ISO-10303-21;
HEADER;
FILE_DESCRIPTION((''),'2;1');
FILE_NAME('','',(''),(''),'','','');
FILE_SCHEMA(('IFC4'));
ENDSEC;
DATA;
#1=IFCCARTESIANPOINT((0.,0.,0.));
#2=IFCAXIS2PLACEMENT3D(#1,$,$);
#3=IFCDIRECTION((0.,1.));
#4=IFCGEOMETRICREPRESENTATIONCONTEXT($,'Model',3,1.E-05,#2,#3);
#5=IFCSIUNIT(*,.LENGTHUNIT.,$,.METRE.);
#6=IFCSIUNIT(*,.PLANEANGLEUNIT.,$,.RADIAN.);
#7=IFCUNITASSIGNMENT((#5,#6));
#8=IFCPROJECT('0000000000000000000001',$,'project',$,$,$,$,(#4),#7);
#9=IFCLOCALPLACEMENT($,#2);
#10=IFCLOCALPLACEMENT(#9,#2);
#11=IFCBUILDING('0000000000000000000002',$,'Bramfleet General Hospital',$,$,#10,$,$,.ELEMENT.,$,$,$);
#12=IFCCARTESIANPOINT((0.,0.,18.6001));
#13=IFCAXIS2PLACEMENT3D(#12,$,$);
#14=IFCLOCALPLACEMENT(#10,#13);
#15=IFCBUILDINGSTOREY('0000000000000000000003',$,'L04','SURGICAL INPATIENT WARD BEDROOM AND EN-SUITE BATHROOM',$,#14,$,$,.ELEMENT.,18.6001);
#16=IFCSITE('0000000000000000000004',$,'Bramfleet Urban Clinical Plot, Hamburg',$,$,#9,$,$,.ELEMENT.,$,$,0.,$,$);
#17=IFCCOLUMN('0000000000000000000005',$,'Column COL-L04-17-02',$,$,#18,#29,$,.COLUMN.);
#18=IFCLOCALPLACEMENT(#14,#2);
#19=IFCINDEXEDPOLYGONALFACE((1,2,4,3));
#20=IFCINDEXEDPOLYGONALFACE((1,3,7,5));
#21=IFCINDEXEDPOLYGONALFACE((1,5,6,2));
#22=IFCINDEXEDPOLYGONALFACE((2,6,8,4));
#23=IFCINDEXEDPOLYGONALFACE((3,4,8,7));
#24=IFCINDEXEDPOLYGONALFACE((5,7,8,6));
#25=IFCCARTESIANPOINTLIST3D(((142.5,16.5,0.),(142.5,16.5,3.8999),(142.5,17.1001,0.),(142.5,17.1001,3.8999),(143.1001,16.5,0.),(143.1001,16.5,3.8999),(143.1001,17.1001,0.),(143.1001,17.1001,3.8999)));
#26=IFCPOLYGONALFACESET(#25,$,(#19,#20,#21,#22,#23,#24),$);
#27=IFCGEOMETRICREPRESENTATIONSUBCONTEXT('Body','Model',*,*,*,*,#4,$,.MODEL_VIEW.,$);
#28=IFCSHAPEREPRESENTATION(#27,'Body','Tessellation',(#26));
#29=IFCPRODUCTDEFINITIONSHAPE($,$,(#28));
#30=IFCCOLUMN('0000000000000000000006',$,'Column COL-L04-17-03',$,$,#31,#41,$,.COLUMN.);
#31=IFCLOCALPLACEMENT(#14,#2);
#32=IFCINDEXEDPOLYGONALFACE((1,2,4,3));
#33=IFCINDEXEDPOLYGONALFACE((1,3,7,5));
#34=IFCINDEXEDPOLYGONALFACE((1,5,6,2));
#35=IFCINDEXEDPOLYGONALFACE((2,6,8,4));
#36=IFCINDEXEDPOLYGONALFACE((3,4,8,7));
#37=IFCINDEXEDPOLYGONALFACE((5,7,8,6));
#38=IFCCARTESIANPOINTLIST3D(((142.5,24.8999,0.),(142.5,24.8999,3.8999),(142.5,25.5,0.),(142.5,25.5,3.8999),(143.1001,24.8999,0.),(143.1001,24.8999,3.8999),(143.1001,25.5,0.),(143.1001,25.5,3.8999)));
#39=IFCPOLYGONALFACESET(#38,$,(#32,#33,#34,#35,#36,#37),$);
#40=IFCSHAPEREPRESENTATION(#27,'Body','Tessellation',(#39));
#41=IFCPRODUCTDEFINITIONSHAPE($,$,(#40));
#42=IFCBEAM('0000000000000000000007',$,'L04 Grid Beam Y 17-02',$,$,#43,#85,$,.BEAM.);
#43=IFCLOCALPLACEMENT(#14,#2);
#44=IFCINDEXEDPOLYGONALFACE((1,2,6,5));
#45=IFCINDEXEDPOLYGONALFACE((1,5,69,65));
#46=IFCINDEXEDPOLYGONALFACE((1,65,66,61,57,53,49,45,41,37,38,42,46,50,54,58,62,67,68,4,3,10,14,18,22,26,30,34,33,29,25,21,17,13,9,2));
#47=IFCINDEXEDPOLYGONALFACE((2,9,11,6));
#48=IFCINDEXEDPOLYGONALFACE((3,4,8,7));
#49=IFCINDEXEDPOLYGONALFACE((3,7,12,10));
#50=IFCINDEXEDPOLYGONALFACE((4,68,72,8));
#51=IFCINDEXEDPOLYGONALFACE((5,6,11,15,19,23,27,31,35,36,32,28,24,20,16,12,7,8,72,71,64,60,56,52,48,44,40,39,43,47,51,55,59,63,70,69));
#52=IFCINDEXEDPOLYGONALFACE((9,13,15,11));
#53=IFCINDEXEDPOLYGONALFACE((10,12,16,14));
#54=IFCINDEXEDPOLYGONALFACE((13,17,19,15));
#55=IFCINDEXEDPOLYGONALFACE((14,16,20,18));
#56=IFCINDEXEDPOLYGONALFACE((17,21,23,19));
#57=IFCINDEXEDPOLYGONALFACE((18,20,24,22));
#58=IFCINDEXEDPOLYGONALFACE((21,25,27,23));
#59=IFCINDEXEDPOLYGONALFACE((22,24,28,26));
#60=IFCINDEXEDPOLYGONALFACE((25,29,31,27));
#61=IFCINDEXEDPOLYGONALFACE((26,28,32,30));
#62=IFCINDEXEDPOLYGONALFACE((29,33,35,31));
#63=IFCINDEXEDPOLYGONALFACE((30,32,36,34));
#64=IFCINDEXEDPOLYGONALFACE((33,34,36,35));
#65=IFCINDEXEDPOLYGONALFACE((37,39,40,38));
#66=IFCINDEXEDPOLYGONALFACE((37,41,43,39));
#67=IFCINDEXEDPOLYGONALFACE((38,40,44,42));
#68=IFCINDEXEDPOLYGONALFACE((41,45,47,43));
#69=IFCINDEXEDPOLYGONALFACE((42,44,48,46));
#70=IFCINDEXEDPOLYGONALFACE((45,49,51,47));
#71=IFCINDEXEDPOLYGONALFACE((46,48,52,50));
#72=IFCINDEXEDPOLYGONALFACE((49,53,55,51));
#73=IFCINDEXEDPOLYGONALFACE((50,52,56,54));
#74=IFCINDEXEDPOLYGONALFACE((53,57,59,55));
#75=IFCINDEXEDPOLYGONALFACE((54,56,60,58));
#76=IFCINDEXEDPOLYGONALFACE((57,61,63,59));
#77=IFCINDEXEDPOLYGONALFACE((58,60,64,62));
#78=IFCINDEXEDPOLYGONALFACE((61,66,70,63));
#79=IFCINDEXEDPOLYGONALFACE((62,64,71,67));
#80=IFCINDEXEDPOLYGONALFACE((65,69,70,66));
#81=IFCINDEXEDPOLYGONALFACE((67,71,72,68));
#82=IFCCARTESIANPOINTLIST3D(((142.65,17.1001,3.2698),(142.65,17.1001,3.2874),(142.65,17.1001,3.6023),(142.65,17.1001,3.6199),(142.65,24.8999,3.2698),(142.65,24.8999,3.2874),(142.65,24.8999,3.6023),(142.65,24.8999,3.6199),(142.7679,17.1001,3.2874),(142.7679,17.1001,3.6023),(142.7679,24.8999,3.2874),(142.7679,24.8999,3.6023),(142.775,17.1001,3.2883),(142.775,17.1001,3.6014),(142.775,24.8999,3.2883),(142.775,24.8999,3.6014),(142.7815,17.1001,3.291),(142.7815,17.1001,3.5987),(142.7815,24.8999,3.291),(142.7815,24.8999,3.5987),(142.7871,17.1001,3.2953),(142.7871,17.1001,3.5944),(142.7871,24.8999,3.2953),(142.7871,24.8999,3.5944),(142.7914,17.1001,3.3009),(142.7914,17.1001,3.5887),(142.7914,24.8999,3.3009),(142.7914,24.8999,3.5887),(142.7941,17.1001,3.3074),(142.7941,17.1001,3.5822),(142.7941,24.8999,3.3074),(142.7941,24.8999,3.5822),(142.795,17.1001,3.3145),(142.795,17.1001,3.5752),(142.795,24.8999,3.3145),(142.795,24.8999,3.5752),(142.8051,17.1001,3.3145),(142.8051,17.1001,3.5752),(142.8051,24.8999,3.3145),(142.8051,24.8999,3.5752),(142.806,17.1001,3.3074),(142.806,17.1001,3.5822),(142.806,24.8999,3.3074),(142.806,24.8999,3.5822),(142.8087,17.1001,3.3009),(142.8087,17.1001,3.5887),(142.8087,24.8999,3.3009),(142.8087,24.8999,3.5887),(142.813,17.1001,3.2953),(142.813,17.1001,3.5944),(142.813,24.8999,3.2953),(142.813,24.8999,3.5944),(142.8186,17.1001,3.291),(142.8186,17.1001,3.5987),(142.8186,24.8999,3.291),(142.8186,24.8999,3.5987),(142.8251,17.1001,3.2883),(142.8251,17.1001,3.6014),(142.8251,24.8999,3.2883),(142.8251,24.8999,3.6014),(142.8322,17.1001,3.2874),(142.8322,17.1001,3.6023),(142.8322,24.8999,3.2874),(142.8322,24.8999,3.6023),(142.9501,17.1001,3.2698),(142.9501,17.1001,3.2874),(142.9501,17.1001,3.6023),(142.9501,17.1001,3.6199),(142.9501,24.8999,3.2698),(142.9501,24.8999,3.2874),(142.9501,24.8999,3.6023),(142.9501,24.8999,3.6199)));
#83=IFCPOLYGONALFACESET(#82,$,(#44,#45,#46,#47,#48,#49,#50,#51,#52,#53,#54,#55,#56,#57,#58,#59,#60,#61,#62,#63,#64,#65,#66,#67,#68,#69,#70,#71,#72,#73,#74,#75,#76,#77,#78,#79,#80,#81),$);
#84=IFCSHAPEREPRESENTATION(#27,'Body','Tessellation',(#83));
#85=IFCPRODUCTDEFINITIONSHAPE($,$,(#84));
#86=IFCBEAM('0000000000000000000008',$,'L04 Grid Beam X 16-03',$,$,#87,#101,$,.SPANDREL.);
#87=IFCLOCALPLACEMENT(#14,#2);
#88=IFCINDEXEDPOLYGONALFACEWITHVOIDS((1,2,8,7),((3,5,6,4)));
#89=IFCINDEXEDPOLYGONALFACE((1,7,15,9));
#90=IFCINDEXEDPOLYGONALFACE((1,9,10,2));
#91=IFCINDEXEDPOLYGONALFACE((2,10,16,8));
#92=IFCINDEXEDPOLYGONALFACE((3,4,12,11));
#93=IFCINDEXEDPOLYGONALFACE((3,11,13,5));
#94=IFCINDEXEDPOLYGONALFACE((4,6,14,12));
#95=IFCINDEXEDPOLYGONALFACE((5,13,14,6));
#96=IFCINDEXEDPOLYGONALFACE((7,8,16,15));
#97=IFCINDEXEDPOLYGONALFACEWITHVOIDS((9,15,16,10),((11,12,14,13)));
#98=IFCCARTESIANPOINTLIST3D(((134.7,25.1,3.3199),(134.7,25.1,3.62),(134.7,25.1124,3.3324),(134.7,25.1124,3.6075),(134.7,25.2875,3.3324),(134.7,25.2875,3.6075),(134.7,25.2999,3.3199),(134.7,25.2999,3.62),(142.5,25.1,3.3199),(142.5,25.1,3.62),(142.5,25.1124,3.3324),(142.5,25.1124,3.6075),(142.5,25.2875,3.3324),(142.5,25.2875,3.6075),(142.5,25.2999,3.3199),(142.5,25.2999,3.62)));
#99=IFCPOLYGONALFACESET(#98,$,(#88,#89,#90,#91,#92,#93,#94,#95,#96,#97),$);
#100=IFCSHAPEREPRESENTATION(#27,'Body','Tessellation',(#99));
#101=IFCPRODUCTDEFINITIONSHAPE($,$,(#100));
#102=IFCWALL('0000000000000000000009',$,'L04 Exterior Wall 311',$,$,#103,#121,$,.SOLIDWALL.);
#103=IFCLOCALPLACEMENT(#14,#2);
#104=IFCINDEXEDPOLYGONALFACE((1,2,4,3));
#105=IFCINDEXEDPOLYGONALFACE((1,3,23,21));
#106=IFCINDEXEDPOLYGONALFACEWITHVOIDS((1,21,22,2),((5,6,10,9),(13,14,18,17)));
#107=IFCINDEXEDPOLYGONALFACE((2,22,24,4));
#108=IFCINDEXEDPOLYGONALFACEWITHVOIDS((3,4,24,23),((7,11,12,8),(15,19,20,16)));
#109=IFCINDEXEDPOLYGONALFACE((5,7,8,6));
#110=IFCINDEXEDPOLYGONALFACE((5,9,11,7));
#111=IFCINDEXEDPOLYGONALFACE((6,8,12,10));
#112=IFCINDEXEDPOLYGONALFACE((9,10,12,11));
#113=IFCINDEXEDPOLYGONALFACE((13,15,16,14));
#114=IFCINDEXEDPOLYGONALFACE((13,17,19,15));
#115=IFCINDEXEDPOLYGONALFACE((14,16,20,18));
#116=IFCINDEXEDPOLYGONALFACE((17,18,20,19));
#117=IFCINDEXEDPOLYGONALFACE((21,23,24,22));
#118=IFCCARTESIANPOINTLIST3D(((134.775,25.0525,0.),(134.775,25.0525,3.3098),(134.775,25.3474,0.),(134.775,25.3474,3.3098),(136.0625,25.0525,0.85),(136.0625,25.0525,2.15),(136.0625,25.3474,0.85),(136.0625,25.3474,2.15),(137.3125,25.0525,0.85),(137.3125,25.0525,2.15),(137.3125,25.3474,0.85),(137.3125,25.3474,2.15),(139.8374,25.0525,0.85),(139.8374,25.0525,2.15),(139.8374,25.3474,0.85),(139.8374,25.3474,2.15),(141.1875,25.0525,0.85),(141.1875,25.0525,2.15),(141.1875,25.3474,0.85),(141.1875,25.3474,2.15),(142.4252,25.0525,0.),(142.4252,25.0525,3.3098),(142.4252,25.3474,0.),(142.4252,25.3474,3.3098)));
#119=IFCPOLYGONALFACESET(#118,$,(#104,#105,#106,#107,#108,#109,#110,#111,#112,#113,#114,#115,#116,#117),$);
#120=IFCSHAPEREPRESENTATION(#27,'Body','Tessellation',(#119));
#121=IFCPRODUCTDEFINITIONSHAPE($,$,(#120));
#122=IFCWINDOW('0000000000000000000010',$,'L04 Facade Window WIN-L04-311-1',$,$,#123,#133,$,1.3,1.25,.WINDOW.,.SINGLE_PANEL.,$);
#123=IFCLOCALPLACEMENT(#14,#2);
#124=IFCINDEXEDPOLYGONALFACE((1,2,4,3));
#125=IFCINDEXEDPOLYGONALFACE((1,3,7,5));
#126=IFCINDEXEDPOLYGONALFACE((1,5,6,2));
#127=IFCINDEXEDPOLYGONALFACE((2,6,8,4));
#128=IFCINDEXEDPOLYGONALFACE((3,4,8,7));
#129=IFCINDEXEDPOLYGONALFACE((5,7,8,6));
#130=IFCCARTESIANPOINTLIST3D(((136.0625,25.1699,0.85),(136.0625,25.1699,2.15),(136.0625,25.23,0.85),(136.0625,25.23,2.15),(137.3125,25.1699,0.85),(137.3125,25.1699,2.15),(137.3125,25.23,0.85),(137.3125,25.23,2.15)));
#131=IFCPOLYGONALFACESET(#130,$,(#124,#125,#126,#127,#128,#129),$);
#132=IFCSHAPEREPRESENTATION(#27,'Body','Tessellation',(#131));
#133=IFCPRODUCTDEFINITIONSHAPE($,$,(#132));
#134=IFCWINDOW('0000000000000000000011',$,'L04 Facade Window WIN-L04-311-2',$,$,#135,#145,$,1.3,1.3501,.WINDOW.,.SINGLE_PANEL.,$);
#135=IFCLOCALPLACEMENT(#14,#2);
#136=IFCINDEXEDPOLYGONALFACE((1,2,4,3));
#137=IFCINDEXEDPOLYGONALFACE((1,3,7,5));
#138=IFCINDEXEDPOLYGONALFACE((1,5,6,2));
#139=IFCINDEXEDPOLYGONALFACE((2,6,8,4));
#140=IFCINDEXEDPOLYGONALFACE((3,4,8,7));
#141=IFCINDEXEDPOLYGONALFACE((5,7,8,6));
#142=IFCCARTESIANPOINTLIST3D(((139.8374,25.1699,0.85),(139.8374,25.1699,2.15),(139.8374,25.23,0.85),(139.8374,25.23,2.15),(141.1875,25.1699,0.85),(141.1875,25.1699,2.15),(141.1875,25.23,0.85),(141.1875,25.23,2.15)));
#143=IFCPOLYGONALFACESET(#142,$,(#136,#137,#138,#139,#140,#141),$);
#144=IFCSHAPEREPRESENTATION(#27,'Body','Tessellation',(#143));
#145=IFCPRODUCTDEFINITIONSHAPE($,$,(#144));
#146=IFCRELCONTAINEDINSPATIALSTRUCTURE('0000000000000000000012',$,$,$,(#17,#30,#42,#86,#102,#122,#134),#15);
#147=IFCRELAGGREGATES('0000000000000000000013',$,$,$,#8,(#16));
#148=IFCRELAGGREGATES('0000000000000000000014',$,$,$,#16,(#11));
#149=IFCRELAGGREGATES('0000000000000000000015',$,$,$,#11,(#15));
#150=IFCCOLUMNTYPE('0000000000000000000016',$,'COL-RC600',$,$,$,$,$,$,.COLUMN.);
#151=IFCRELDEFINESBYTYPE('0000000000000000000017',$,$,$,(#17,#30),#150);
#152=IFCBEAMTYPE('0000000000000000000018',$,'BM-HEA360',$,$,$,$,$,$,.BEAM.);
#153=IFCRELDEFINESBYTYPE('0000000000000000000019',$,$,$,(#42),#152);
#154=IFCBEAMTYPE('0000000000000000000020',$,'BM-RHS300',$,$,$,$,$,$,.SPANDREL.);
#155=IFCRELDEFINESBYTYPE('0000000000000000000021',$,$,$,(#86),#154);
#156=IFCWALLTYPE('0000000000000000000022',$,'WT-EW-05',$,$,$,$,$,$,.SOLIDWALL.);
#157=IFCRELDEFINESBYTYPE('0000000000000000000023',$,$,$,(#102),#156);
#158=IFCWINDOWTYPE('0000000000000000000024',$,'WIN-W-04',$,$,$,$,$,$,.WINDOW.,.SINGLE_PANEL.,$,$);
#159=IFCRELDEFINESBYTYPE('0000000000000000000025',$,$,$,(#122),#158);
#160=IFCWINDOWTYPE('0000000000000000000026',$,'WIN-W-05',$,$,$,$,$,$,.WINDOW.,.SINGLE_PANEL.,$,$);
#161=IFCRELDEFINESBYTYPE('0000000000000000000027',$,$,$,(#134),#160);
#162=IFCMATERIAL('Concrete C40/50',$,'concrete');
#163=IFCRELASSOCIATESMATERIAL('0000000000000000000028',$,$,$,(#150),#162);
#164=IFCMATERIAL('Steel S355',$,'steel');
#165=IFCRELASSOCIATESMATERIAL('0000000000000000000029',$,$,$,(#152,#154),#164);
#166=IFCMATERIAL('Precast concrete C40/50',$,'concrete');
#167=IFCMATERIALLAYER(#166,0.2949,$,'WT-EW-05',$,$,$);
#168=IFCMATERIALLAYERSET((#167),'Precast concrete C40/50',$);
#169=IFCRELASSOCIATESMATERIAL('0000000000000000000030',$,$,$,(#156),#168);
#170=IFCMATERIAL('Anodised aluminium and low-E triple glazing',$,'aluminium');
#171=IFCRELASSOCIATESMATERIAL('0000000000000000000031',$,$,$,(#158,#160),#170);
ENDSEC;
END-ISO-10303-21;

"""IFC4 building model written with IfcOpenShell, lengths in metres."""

from ifc_helpers import new_model, si_unit, direction, frame, frame_2d, origin, origin_2d, place, context, subcontext, project, spatial, rectangle, hollow_rectangle, i_section, extrude, material, layer, layer_set, material_profile, profile_set, type_object, element, fill, save


model = new_model("IFC4")

# Units and contexts
model_context = context("Model", 3, precision=1e-05, world=origin(), true_north=direction((0.0, 1.0)))
body_context = subcontext(model_context, "Body", "Model", "MODEL_VIEW")
ifc_project = project(units=[si_unit("LENGTHUNIT", "METRE"), si_unit("PLANEANGLEUNIT", "RADIAN")], contexts=[model_context])

# Site, building, storey
site_placement = place(None, origin())
site = spatial("IfcSite", under=ifc_project, at=site_placement, Name="Bramfleet Urban Clinical Plot, Hamburg", CompositionType="ELEMENT", RefElevation=0.0)
building_placement = place(site_placement, origin())
building = spatial("IfcBuilding", under=site, at=building_placement, Name="Bramfleet General Hospital", CompositionType="ELEMENT")
storey_placement = place(building_placement, frame((0.0, 0.0, 18.6001)))
storey = spatial("IfcBuildingStorey", under=building, at=storey_placement, Name="L04", Description="SURGICAL INPATIENT WARD BEDROOM AND EN-SUITE BATHROOM", CompositionType="ELEMENT", Elevation=18.6001)

# Columns
ifc_material_1 = material(Name="Concrete C40/50", Category="concrete")
ifc_material_profile_1 = material_profile(ifc_material_1, rectangle(XDim=0.6001, YDim=0.6001, at=origin_2d()), Name="RC COL 600x600")
ifc_profile_set_1 = profile_set([ifc_material_profile_1], Name="Concrete C40/50")
column_type = type_object("IfcColumnType", Name="COL-RC600", PredefinedType="COLUMN", material=ifc_profile_set_1)
for number, where, z_axis, x_axis, name in (
    (1, (142.8, 16.8, 0.0), (0.0, 0.0, 1.0), (1.0, 0.0, 0.0), "Column COL-L04-17-02"),
    (2, (142.8, 25.2, 0.0), (0.0, 0.0, 1.0), (1.0, 0.0, 0.0), "Column COL-L04-17-03"),
):
    element("IfcColumn", number, at=place(storey_placement, frame(where, z_axis=z_axis, x_axis=x_axis)), inside=storey, type_object=column_type, Name=name, PredefinedType="COLUMN", context=body_context, shape_type="SweptSolid", body=[
        extrude(rectangle(XDim=0.6001, YDim=0.6001, at=origin_2d()), origin(), (0.0, 0.0, 1.0), 3.8999),
    ])

# Beams
ifc_material_2 = material(Name="Steel S355", Category="steel")
ifc_material_profile_2 = material_profile(ifc_material_2, i_section(OverallWidth=0.3, OverallDepth=0.3501, WebThickness=0.01, FlangeThickness=0.0176, FilletRadius=0.0271, at=origin_2d()), Name="HEA 360")
ifc_profile_set_2 = profile_set([ifc_material_profile_2], Name="Steel S355")
beam_type_1 = type_object("IfcBeamType", Name="BM-HEA360", PredefinedType="BEAM", material=ifc_profile_set_2)
beam_1_placement = place(storey_placement, frame((142.8, 17.1001, 3.4448), z_axis=(0.0, 1.0, 0.0), x_axis=(-1.0, 0.0, 0.0)))
element("IfcBeam", 3, at=beam_1_placement, inside=storey, type_object=beam_type_1, Name="L04 Grid Beam Y 17-02", PredefinedType="BEAM", context=body_context, shape_type="SweptSolid", body=[
    extrude(i_section(OverallWidth=0.3, OverallDepth=0.3501, WebThickness=0.01, FlangeThickness=0.0176, FilletRadius=0.0271, at=origin_2d()), origin(), (0.0, 0.0, 1.0), 7.7998),
])
ifc_material_profile_3 = material_profile(ifc_material_2, hollow_rectangle(XDim=0.2, YDim=0.3, WallThickness=0.0125, at=origin_2d()), Name="RHS 300x200x12.5")
ifc_profile_set_3 = profile_set([ifc_material_profile_3], Name="Steel S355")
beam_type_2 = type_object("IfcBeamType", Name="BM-RHS300", PredefinedType="SPANDREL", material=ifc_profile_set_3)
beam_2_placement = place(storey_placement, frame((134.7, 25.2, 3.47), z_axis=(1.0, 0.0, 0.0), x_axis=(0.0, 1.0, 0.0)))
element("IfcBeam", 4, at=beam_2_placement, inside=storey, type_object=beam_type_2, Name="L04 Grid Beam X 16-03", PredefinedType="SPANDREL", context=body_context, shape_type="SweptSolid", body=[
    extrude(hollow_rectangle(XDim=0.2, YDim=0.3, WallThickness=0.0125, at=origin_2d()), origin(), (0.0, 0.0, 1.0), 7.8),
])

# Wall, openings, windows
ifc_material_3 = material(Name="Precast concrete C40/50", Category="concrete")
ifc_layer_1 = layer(ifc_material_3, 0.2949, Name="WT-EW-05")
ifc_layer_set_1 = layer_set([ifc_layer_1], Name="Precast concrete C40/50")
wall_type_1 = type_object("IfcWallType", Name="WT-EW-05", PredefinedType="SOLIDWALL", material=ifc_layer_set_1)
wall_1_placement = place(storey_placement, frame((134.7749, 25.2, 0.0), z_axis=(0.0, 0.0, 1.0), x_axis=(1.0, 0.0, 0.0)))
wall_1 = element("IfcWall", 5, at=wall_1_placement, inside=storey, type_object=wall_type_1, Name="L04 Exterior Wall 311", PredefinedType="SOLIDWALL", context=body_context, shape_type="SweptSolid", body=[
    extrude(rectangle(XDim=7.6501, YDim=0.2949, at=frame_2d((3.8252, 0.0))), origin(), (0.0, 0.0, 1.0), 3.3098),
])
opening_1_placement = place(wall_1_placement, frame((1.2876, 0.0, 0.8501)))
opening_1 = element("IfcOpeningElement", 6, at=opening_1_placement, cuts=wall_1, PredefinedType="OPENING", context=body_context, shape_type="SweptSolid", body=[
    extrude(rectangle(XDim=1.25, YDim=1.3, at=frame_2d((0.625, 0.6499))), frame((0.0, 0.1575, 0.0), z_axis=(0.0, -1.0, 0.0), x_axis=(1.0, 0.0, 0.0)), (0.0, 0.0, 1.0), 0.3149),
])
opening_2_placement = place(wall_1_placement, frame((5.0625, 0.0, 0.8501)))
opening_2 = element("IfcOpeningElement", 7, at=opening_2_placement, cuts=wall_1, PredefinedType="OPENING", context=body_context, shape_type="SweptSolid", body=[
    extrude(rectangle(XDim=1.3501, YDim=1.3, at=frame_2d((0.675, 0.6499))), frame((0.0, 0.1575, 0.0), z_axis=(0.0, -1.0, 0.0), x_axis=(1.0, 0.0, 0.0)), (0.0, 0.0, 1.0), 0.3149),
])
ifc_material_4 = material(Name="Anodised aluminium and low-E triple glazing", Category="aluminium")
window_type_1 = type_object("IfcWindowType", Name="WIN-W-04", PartitioningType="SINGLE_PANEL", PredefinedType="WINDOW", material=ifc_material_4)
window_1_placement = place(opening_1_placement, origin())
window_1 = element("IfcWindow", 8, at=window_1_placement, inside=storey, type_object=window_type_1, Name="L04 Facade Window WIN-L04-311-1", OverallHeight=1.3, OverallWidth=1.25, PartitioningType="SINGLE_PANEL", PredefinedType="WINDOW", context=body_context, shape_type="SweptSolid", body=[
    extrude(rectangle(XDim=1.25, YDim=1.3, at=frame_2d((0.625, 0.6499))), frame((0.0, 0.03, 0.0), z_axis=(0.0, -1.0, 0.0), x_axis=(1.0, 0.0, 0.0)), (0.0, 0.0, 1.0), 0.0601),
])
fill(opening_1, window_1)
window_type_2 = type_object("IfcWindowType", Name="WIN-W-05", PartitioningType="SINGLE_PANEL", PredefinedType="WINDOW", material=ifc_material_4)
window_2_placement = place(opening_2_placement, origin())
window_2 = element("IfcWindow", 9, at=window_2_placement, inside=storey, type_object=window_type_2, Name="L04 Facade Window WIN-L04-311-2", OverallHeight=1.3, OverallWidth=1.3501, PartitioningType="SINGLE_PANEL", PredefinedType="WINDOW", context=body_context, shape_type="SweptSolid", body=[
    extrude(rectangle(XDim=1.3501, YDim=1.3, at=frame_2d((0.675, 0.6499))), frame((0.0, 0.03, 0.0), z_axis=(0.0, -1.0, 0.0), x_axis=(1.0, 0.0, 0.0)), (0.0, 0.0, 1.0), 0.0601),
])
fill(opening_2, window_2)

save(model, "model.ifc")
